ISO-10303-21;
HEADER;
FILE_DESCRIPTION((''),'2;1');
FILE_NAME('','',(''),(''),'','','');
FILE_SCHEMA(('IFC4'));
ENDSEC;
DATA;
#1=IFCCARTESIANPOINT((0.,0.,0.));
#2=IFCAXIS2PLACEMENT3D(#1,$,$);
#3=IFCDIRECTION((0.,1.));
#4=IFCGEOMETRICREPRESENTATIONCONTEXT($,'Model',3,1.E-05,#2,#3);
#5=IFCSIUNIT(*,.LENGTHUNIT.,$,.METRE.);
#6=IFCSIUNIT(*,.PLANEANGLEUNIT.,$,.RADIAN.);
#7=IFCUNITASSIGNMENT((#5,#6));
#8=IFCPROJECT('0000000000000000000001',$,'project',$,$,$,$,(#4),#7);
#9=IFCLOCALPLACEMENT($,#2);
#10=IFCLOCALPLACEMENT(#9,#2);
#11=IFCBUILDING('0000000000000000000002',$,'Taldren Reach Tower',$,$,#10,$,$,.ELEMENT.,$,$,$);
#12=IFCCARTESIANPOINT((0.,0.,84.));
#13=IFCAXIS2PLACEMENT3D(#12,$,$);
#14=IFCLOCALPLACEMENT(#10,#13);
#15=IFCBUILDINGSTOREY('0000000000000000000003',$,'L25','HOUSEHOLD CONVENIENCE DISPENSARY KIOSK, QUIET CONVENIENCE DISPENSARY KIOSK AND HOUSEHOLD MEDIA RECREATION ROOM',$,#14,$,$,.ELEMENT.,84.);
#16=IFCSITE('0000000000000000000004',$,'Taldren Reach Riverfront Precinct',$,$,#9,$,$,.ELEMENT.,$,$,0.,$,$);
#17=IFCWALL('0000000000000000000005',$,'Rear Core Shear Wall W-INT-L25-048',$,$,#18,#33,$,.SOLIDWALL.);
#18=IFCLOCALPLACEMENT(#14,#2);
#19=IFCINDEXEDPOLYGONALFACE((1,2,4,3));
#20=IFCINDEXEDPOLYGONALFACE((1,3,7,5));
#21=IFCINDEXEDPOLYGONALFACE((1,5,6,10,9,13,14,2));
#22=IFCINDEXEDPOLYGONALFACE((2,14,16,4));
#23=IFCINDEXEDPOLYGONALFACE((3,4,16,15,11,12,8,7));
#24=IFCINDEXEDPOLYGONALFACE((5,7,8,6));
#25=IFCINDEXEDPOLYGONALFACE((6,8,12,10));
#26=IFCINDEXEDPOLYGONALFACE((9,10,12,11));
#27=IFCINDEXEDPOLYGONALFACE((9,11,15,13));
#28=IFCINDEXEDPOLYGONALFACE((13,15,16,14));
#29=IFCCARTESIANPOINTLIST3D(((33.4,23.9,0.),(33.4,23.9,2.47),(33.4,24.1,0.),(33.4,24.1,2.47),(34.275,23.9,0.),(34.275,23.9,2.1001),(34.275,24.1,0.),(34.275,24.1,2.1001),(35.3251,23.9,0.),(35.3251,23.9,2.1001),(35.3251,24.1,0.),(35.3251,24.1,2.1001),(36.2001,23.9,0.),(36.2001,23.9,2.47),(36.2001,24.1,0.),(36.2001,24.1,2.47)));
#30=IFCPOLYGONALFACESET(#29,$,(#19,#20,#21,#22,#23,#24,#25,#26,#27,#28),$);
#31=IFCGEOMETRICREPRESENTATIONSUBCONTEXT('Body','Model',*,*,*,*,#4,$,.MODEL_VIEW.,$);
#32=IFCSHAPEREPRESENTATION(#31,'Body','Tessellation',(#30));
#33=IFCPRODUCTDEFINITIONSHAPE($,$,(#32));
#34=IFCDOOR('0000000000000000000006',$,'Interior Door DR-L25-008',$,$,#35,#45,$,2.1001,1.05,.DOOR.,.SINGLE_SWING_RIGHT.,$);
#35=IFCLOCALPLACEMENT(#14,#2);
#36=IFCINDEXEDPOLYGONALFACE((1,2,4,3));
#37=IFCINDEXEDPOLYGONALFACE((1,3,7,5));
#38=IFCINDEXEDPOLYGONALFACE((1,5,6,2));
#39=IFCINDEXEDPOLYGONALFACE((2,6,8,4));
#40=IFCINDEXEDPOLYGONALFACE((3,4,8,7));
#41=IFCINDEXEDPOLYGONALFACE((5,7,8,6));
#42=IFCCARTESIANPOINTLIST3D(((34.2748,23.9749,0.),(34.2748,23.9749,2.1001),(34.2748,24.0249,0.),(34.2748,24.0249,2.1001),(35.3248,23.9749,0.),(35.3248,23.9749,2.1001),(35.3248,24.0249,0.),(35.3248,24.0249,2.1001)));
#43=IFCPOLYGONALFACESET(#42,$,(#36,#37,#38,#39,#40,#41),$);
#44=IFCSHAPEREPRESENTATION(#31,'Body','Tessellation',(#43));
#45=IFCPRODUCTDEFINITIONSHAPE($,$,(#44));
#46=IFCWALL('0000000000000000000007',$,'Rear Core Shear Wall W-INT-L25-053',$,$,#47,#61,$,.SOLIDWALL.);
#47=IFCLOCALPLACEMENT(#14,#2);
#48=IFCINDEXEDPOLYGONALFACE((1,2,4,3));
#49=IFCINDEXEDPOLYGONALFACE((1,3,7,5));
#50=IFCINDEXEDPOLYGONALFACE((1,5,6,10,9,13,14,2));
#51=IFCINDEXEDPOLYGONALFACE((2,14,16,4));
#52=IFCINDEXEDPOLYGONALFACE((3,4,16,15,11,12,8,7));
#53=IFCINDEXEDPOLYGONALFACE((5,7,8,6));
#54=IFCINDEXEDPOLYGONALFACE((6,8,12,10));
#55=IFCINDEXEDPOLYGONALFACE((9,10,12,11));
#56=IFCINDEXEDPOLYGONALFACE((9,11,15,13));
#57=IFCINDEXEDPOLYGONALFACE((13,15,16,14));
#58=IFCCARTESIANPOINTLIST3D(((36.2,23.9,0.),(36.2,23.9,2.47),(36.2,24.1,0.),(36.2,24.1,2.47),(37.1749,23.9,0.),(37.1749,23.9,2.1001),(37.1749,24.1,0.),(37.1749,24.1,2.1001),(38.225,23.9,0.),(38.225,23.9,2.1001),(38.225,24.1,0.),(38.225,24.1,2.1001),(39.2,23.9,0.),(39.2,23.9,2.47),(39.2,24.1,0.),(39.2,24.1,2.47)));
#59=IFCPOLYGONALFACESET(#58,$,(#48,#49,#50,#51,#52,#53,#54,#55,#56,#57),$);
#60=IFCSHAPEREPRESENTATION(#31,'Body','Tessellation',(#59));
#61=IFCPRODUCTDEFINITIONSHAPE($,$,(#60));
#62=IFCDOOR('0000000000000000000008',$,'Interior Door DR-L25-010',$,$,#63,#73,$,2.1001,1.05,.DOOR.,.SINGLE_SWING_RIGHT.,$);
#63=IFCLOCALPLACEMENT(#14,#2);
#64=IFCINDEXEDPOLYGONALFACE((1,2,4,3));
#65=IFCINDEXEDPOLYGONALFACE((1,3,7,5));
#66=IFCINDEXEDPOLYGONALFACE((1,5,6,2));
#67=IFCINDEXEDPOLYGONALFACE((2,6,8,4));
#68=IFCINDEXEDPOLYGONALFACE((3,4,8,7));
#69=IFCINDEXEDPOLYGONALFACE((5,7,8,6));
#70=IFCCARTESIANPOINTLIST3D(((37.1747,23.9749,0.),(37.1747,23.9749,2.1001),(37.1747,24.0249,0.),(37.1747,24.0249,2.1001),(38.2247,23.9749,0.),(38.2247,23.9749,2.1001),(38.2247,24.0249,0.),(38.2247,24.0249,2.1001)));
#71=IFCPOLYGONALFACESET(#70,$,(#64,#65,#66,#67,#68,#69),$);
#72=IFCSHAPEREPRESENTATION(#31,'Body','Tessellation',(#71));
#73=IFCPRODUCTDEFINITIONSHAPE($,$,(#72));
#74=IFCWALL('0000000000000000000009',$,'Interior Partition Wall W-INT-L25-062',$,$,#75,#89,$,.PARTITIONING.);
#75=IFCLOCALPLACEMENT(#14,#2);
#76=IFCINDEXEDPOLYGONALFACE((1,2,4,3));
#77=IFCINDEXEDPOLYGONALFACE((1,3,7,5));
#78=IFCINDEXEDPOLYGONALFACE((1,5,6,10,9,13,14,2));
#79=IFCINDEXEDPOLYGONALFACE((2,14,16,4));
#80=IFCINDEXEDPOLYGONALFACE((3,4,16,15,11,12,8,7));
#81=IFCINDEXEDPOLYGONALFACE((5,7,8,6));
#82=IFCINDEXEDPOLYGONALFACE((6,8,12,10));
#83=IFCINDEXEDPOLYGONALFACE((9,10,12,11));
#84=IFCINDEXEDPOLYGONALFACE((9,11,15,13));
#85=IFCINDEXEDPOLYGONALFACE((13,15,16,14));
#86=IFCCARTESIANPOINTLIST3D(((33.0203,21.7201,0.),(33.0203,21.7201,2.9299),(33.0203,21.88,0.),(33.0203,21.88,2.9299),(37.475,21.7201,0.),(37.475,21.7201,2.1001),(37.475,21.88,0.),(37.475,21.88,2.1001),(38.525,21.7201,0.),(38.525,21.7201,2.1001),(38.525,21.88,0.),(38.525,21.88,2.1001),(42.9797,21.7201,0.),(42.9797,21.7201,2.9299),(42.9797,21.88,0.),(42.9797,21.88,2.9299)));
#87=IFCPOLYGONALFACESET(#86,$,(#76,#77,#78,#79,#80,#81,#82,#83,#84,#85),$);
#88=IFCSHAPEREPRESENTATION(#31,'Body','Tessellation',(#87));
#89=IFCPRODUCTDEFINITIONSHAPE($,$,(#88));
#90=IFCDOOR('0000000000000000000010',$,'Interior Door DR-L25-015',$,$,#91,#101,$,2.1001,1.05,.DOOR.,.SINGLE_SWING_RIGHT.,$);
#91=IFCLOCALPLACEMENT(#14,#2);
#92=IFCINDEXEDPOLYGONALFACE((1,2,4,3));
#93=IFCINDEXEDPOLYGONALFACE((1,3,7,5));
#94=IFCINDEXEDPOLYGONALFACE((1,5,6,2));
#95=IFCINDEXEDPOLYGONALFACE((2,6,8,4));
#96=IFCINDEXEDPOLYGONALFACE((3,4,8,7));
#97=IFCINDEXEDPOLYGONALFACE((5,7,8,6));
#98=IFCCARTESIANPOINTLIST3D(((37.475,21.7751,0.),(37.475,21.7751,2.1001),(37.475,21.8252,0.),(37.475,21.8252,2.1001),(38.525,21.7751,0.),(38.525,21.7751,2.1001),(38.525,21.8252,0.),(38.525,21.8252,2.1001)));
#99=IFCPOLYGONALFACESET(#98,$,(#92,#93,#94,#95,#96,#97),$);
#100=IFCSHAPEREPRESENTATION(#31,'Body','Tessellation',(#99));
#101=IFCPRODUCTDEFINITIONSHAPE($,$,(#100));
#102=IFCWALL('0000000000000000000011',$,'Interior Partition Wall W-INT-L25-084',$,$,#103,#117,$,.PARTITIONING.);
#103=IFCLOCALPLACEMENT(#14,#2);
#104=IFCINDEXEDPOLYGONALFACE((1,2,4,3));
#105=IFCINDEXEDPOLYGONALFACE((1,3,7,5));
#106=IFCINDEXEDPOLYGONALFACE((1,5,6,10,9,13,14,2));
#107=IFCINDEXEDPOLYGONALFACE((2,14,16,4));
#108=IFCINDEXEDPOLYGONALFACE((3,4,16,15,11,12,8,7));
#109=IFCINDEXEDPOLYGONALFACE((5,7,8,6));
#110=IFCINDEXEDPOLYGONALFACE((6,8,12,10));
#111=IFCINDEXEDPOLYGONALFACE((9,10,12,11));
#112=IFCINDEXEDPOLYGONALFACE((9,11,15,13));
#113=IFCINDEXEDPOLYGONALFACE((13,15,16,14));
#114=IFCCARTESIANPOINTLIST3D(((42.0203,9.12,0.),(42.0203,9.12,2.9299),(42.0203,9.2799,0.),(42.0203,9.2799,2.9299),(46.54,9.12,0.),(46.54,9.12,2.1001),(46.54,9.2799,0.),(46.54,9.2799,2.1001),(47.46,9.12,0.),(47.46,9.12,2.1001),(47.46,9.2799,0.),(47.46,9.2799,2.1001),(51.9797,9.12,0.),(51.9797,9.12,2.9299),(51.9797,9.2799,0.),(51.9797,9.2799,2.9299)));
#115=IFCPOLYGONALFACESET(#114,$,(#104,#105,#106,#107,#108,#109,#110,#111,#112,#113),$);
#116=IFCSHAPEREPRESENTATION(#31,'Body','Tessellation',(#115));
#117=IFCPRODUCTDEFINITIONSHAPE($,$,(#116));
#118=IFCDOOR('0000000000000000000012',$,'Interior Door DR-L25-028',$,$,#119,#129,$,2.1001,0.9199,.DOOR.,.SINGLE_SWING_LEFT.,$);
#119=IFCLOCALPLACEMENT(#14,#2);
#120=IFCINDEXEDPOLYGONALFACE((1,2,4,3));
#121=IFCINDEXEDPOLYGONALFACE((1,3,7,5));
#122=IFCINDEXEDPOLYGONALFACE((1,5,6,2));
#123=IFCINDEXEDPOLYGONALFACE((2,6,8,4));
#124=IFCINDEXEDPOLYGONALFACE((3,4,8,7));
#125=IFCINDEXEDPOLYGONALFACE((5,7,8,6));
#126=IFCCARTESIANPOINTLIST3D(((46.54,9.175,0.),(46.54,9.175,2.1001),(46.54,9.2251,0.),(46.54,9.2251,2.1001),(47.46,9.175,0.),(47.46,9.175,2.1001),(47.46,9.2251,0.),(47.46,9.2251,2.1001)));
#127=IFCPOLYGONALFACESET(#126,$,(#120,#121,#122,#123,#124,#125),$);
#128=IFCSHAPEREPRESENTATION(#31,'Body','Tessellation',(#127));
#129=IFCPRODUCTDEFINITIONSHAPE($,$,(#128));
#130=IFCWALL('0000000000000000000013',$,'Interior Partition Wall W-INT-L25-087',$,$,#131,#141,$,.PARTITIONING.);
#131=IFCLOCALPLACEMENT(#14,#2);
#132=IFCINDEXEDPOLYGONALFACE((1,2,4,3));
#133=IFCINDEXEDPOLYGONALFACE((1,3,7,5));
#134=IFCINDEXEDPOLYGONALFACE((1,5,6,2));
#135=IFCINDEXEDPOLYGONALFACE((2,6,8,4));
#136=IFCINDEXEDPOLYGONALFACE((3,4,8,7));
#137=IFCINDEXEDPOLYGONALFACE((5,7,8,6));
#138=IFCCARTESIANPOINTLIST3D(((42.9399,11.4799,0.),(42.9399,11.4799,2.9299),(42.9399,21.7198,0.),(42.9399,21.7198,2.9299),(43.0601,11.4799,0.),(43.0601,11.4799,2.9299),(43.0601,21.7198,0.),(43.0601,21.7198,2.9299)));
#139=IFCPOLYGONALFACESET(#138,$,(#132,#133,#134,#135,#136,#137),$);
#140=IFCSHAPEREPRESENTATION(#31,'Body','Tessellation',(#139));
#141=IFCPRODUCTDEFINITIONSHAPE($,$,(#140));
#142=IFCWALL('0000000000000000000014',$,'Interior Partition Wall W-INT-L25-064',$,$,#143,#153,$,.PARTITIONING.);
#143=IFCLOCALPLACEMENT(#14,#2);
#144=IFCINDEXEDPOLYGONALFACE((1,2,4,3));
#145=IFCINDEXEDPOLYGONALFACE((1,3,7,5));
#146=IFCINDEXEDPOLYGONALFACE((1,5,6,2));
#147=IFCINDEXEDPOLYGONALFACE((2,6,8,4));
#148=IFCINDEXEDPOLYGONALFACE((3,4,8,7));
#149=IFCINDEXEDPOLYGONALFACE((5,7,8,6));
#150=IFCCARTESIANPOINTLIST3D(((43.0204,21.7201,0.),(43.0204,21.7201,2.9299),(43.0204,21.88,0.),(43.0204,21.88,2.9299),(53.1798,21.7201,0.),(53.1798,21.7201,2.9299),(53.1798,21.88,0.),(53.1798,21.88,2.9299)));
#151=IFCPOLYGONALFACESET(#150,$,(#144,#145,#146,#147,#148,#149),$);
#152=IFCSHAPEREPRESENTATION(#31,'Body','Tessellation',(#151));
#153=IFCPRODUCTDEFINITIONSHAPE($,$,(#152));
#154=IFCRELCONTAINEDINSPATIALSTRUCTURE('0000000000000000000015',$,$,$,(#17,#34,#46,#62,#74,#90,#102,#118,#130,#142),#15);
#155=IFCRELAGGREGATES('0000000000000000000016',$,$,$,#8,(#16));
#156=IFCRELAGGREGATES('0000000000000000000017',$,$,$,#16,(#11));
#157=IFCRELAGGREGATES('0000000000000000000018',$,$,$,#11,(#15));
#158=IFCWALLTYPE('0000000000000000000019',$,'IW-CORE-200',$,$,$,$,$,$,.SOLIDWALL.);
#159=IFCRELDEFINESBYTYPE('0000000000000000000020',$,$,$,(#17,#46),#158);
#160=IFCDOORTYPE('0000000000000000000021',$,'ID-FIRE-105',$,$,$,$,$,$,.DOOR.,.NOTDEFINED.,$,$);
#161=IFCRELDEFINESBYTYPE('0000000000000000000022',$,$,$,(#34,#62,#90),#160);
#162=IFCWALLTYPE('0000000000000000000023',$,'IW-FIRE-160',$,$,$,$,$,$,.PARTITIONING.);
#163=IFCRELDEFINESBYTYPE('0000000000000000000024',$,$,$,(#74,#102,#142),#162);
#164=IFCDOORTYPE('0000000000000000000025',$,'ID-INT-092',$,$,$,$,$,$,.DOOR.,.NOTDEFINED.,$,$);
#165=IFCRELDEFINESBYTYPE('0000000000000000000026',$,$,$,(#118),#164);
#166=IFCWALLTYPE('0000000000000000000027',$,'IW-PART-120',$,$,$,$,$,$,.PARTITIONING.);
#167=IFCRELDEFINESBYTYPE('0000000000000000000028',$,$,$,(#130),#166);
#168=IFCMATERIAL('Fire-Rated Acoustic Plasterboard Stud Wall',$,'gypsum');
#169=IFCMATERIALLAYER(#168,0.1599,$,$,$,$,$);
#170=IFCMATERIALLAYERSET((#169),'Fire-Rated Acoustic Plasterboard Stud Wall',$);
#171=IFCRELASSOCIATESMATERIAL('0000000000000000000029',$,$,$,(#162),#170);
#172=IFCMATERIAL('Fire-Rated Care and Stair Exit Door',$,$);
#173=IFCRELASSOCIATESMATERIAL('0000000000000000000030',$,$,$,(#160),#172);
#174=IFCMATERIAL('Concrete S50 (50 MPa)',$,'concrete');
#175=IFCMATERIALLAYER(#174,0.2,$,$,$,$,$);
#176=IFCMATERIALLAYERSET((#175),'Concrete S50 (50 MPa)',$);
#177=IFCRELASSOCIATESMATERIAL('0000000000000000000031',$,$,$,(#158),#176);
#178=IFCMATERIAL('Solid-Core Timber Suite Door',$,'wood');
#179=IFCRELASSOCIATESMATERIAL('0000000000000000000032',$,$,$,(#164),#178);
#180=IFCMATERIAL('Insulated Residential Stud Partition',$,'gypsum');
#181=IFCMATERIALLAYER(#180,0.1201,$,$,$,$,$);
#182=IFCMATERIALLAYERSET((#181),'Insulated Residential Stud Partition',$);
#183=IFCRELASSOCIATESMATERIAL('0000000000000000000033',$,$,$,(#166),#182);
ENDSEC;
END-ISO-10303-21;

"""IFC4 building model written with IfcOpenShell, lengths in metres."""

from ifc_helpers import new_model, si_unit, direction, frame, frame_2d, origin, place, context, subcontext, project, spatial, rectangle, extrude, source, transform, mapped, material, layer, layer_set, type_object, element, fill, save


model = new_model("IFC4")

# Units and contexts
model_context = context("Model", 3, precision=1e-05, world=origin(), true_north=direction((0.0, 1.0)))
body_context = subcontext(model_context, "Body", "Model", "MODEL_VIEW")
ifc_project = project(units=[si_unit("LENGTHUNIT", "METRE"), si_unit("PLANEANGLEUNIT", "RADIAN")], contexts=[model_context])

# Site, building, storey
site_placement = place(None, origin())
site = spatial("IfcSite", under=ifc_project, at=site_placement, Name="Taldren Reach Riverfront Precinct", CompositionType="ELEMENT", RefElevation=0.0)
building_placement = place(site_placement, origin())
building = spatial("IfcBuilding", under=site, at=building_placement, Name="Taldren Reach Tower", CompositionType="ELEMENT")
storey_placement = place(building_placement, frame((0.0, 0.0, 84.0)))
storey = spatial("IfcBuildingStorey", under=building, at=storey_placement, Name="L25", Description="HOUSEHOLD CONVENIENCE DISPENSARY KIOSK, QUIET CONVENIENCE DISPENSARY KIOSK AND HOUSEHOLD MEDIA RECREATION ROOM", CompositionType="ELEMENT", Elevation=84.0)

# Shared definitions
ifc_material_1 = material(Name="Fire-Rated Acoustic Plasterboard Stud Wall", Category="gypsum")
ifc_layer_1 = layer(ifc_material_1, 0.1599)
ifc_layer_set_1 = layer_set([ifc_layer_1], Name="Fire-Rated Acoustic Plasterboard Stud Wall")
wall_type_1 = type_object("IfcWallType", Name="IW-FIRE-160", PredefinedType="PARTITIONING", material=ifc_layer_set_1)
shared_shape_1 = source(origin(), body_context, "Body", "SweptSolid", [
    extrude(rectangle(XDim=1.05, YDim=2.1001, at=frame_2d((0.5249, 1.05))), frame((0.0, 0.0898, 0.0), z_axis=(0.0, -1.0, 0.0), x_axis=(1.0, 0.0, 0.0)), (0.0, 0.0, 1.0), 0.1799),
])
ifc_material_2 = material(Name="Fire-Rated Care and Stair Exit Door")
door_type_1 = type_object("IfcDoorType", Name="ID-FIRE-105", OperationType="NOTDEFINED", PredefinedType="DOOR", material=ifc_material_2)
shared_shape_2 = source(origin(), body_context, "Body", "SweptSolid", [
    extrude(rectangle(XDim=1.05, YDim=2.1001, at=frame_2d((0.5249, 1.05))), frame((0.0, 0.0249, 0.0), z_axis=(0.0, -1.0, 0.0), x_axis=(1.0, 0.0, 0.0)), (0.0, 0.0, 1.0), 0.05),
])

# Walls, openings, doors
ifc_material_3 = material(Name="Concrete S50 (50 MPa)", Category="concrete")
ifc_layer_2 = layer(ifc_material_3, 0.2)
ifc_layer_set_2 = layer_set([ifc_layer_2], Name="Concrete S50 (50 MPa)")
wall_type_2 = type_object("IfcWallType", Name="IW-CORE-200", PredefinedType="SOLIDWALL", material=ifc_layer_set_2)
shared_shape_3 = source(origin(), body_context, "Body", "SweptSolid", [
    extrude(rectangle(XDim=2.8, YDim=0.2, at=frame_2d((1.3999, 0.0))), origin(), (0.0, 0.0, 1.0), 2.47),
])
wall_1_placement = place(storey_placement, frame((36.2, 24.0, 0.0), z_axis=(0.0, 0.0, 1.0), x_axis=(-1.0, 0.0, 0.0)))
wall_1 = element("IfcWall", 1, at=wall_1_placement, inside=storey, type_object=wall_type_2, Name="Rear Core Shear Wall W-INT-L25-048", PredefinedType="SOLIDWALL", context=body_context, shape_type="MappedRepresentation", body=[
    mapped(shared_shape_3, transform((0.0, 0.0, 0.0), scale=1.0)),
])
shared_shape_4 = source(origin(), body_context, "Body", "SweptSolid", [
    extrude(rectangle(XDim=1.05, YDim=2.1001, at=frame_2d((0.5249, 1.05))), frame((0.0, 0.1099, 0.0), z_axis=(0.0, -1.0, 0.0), x_axis=(1.0, 0.0, 0.0)), (0.0, 0.0, 1.0), 0.22),
])
opening_1_placement = place(wall_1_placement, frame((0.875, 0.0, 0.0)))
opening_1 = element("IfcOpeningElement", 2, at=opening_1_placement, cuts=wall_1, PredefinedType="OPENING", context=body_context, shape_type="MappedRepresentation", body=[
    mapped(shared_shape_4, transform((0.0, 0.0, 0.0), scale=1.0)),
])
door_1_placement = place(opening_1_placement, frame((1.05, 0.0, 0.0), z_axis=(0.0, 0.0, 1.0), x_axis=(-1.0, 0.0, 0.0)))
door_1 = element("IfcDoor", 3, at=door_1_placement, inside=storey, type_object=door_type_1, Name="Interior Door DR-L25-008", OperationType="SINGLE_SWING_RIGHT", OverallHeight=2.1001, OverallWidth=1.05, PredefinedType="DOOR", context=body_context, shape_type="MappedRepresentation", body=[
    mapped(shared_shape_2, transform((0.0, 0.0, 0.0), scale=1.0)),
])
fill(opening_1, door_1)
shared_shape_5 = source(origin(), body_context, "Body", "SweptSolid", [
    extrude(rectangle(XDim=3.0, YDim=0.2, at=frame_2d((1.5, 0.0))), origin(), (0.0, 0.0, 1.0), 2.47),
])
wall_2_placement = place(storey_placement, frame((39.2, 24.0, 0.0), z_axis=(0.0, 0.0, 1.0), x_axis=(-1.0, 0.0, 0.0)))
wall_2 = element("IfcWall", 4, at=wall_2_placement, inside=storey, type_object=wall_type_2, Name="Rear Core Shear Wall W-INT-L25-053", PredefinedType="SOLIDWALL", context=body_context, shape_type="MappedRepresentation", body=[
    mapped(shared_shape_5, transform((0.0, 0.0, 0.0), scale=1.0)),
])
opening_2_placement = place(wall_2_placement, frame((0.9751, 0.0, 0.0)))
opening_2 = element("IfcOpeningElement", 5, at=opening_2_placement, cuts=wall_2, PredefinedType="OPENING", context=body_context, shape_type="MappedRepresentation", body=[
    mapped(shared_shape_4, transform((0.0, 0.0, 0.0), scale=1.0)),
])
door_2_placement = place(opening_2_placement, frame((1.05, 0.0, 0.0), z_axis=(0.0, 0.0, 1.0), x_axis=(-1.0, 0.0, 0.0)))
door_2 = element("IfcDoor", 6, at=door_2_placement, inside=storey, type_object=door_type_1, Name="Interior Door DR-L25-010", OperationType="SINGLE_SWING_RIGHT", OverallHeight=2.1001, OverallWidth=1.05, PredefinedType="DOOR", context=body_context, shape_type="MappedRepresentation", body=[
    mapped(shared_shape_2, transform((0.0, 0.0, 0.0), scale=1.0)),
])
fill(opening_2, door_2)
shared_shape_6 = source(origin(), body_context, "Body", "SweptSolid", [
    extrude(rectangle(XDim=9.9595, YDim=0.1599, at=frame_2d((4.9797, 0.0))), origin(), (0.0, 0.0, 1.0), 2.9299),
])
wall_3_placement = place(storey_placement, frame((42.9797, 21.8, 0.0), z_axis=(0.0, 0.0, 1.0), x_axis=(-1.0, 0.0, 0.0)))
wall_3 = element("IfcWall", 7, at=wall_3_placement, inside=storey, type_object=wall_type_1, Name="Interior Partition Wall W-INT-L25-062", PredefinedType="PARTITIONING", context=body_context, shape_type="MappedRepresentation", body=[
    mapped(shared_shape_6, transform((0.0, 0.0, 0.0), scale=1.0)),
])
opening_3_placement = place(wall_3_placement, frame((4.4548, 0.0, 0.0)))
opening_3 = element("IfcOpeningElement", 8, at=opening_3_placement, cuts=wall_3, PredefinedType="OPENING", context=body_context, shape_type="MappedRepresentation", body=[
    mapped(shared_shape_1, transform((0.0, 0.0, 0.0), scale=1.0)),
])
door_3_placement = place(opening_3_placement, origin())
door_3 = element("IfcDoor", 9, at=door_3_placement, inside=storey, type_object=door_type_1, Name="Interior Door DR-L25-015", OperationType="SINGLE_SWING_RIGHT", OverallHeight=2.1001, OverallWidth=1.05, PredefinedType="DOOR", context=body_context, shape_type="MappedRepresentation", body=[
    mapped(shared_shape_2, transform((0.0, 0.0, 0.0), scale=1.0)),
])
fill(opening_3, door_3)
wall_4_placement = place(storey_placement, frame((51.9797, 9.2, 0.0), z_axis=(0.0, 0.0, 1.0), x_axis=(-1.0, 0.0, 0.0)))
wall_4 = element("IfcWall", 10, at=wall_4_placement, inside=storey, type_object=wall_type_1, Name="Interior Partition Wall W-INT-L25-084", PredefinedType="PARTITIONING", context=body_context, shape_type="MappedRepresentation", body=[
    mapped(shared_shape_6, transform((0.0, 0.0, 0.0), scale=1.0)),
])
shared_shape_7 = source(origin(), body_context, "Body", "SweptSolid", [
    extrude(rectangle(XDim=0.9199, YDim=2.1001, at=frame_2d((0.46, 1.05))), frame((0.0, 0.0898, 0.0), z_axis=(0.0, -1.0, 0.0), x_axis=(1.0, 0.0, 0.0)), (0.0, 0.0, 1.0), 0.1799),
])
opening_4_placement = place(wall_4_placement, frame((4.5198, 0.0, 0.0)))
opening_4 = element("IfcOpeningElement", 11, at=opening_4_placement, cuts=wall_4, PredefinedType="OPENING", context=body_context, shape_type="MappedRepresentation", body=[
    mapped(shared_shape_7, transform((0.0, 0.0, 0.0), scale=1.0)),
])
ifc_material_4 = material(Name="Solid-Core Timber Suite Door", Category="wood")
door_type_2 = type_object("IfcDoorType", Name="ID-INT-092", OperationType="NOTDEFINED", PredefinedType="DOOR", material=ifc_material_4)
shared_shape_8 = source(origin(), body_context, "Body", "SweptSolid", [
    extrude(rectangle(XDim=0.9199, YDim=2.1001, at=frame_2d((0.46, 1.05))), frame((0.0, 0.0249, 0.0), z_axis=(0.0, -1.0, 0.0), x_axis=(1.0, 0.0, 0.0)), (0.0, 0.0, 1.0), 0.05),
])
door_4_placement = place(opening_4_placement, origin())
door_4 = element("IfcDoor", 12, at=door_4_placement, inside=storey, type_object=door_type_2, Name="Interior Door DR-L25-028", OperationType="SINGLE_SWING_LEFT", OverallHeight=2.1001, OverallWidth=0.9199, PredefinedType="DOOR", context=body_context, shape_type="MappedRepresentation", body=[
    mapped(shared_shape_8, transform((0.0, 0.0, 0.0), scale=1.0)),
])
fill(opening_4, door_4)

# Walls
ifc_material_5 = material(Name="Insulated Residential Stud Partition", Category="gypsum")
ifc_layer_3 = layer(ifc_material_5, 0.1201)
ifc_layer_set_3 = layer_set([ifc_layer_3], Name="Insulated Residential Stud Partition")
wall_type_3 = type_object("IfcWallType", Name="IW-PART-120", PredefinedType="PARTITIONING", material=ifc_layer_set_3)
shared_shape_9 = source(origin(), body_context, "Body", "SweptSolid", [
    extrude(rectangle(XDim=10.24, YDim=0.1201, at=frame_2d((5.1201, 0.0))), origin(), (0.0, 0.0, 1.0), 2.9299),
])
wall_5_placement = place(storey_placement, frame((43.0, 21.72, 0.0), z_axis=(0.0, 0.0, 1.0), x_axis=(0.0, -1.0, 0.0)))
element("IfcWall", 13, at=wall_5_placement, inside=storey, type_object=wall_type_3, Name="Interior Partition Wall W-INT-L25-087", PredefinedType="PARTITIONING", context=body_context, shape_type="MappedRepresentation", body=[
    mapped(shared_shape_9, transform((0.0, 0.0, 0.0), scale=1.0)),
])
shared_shape_10 = source(origin(), body_context, "Body", "SweptSolid", [
    extrude(rectangle(XDim=10.1594, YDim=0.1599, at=frame_2d((5.0796, 0.0))), origin(), (0.0, 0.0, 1.0), 2.9299),
])
wall_6_placement = place(storey_placement, frame((53.1797, 21.8, 0.0), z_axis=(0.0, 0.0, 1.0), x_axis=(-1.0, 0.0, 0.0)))
element("IfcWall", 14, at=wall_6_placement, inside=storey, type_object=wall_type_1, Name="Interior Partition Wall W-INT-L25-064", PredefinedType="PARTITIONING", context=body_context, shape_type="MappedRepresentation", body=[
    mapped(shared_shape_10, transform((0.0, 0.0, 0.0), scale=1.0)),
])

save(model, "model.ifc")
